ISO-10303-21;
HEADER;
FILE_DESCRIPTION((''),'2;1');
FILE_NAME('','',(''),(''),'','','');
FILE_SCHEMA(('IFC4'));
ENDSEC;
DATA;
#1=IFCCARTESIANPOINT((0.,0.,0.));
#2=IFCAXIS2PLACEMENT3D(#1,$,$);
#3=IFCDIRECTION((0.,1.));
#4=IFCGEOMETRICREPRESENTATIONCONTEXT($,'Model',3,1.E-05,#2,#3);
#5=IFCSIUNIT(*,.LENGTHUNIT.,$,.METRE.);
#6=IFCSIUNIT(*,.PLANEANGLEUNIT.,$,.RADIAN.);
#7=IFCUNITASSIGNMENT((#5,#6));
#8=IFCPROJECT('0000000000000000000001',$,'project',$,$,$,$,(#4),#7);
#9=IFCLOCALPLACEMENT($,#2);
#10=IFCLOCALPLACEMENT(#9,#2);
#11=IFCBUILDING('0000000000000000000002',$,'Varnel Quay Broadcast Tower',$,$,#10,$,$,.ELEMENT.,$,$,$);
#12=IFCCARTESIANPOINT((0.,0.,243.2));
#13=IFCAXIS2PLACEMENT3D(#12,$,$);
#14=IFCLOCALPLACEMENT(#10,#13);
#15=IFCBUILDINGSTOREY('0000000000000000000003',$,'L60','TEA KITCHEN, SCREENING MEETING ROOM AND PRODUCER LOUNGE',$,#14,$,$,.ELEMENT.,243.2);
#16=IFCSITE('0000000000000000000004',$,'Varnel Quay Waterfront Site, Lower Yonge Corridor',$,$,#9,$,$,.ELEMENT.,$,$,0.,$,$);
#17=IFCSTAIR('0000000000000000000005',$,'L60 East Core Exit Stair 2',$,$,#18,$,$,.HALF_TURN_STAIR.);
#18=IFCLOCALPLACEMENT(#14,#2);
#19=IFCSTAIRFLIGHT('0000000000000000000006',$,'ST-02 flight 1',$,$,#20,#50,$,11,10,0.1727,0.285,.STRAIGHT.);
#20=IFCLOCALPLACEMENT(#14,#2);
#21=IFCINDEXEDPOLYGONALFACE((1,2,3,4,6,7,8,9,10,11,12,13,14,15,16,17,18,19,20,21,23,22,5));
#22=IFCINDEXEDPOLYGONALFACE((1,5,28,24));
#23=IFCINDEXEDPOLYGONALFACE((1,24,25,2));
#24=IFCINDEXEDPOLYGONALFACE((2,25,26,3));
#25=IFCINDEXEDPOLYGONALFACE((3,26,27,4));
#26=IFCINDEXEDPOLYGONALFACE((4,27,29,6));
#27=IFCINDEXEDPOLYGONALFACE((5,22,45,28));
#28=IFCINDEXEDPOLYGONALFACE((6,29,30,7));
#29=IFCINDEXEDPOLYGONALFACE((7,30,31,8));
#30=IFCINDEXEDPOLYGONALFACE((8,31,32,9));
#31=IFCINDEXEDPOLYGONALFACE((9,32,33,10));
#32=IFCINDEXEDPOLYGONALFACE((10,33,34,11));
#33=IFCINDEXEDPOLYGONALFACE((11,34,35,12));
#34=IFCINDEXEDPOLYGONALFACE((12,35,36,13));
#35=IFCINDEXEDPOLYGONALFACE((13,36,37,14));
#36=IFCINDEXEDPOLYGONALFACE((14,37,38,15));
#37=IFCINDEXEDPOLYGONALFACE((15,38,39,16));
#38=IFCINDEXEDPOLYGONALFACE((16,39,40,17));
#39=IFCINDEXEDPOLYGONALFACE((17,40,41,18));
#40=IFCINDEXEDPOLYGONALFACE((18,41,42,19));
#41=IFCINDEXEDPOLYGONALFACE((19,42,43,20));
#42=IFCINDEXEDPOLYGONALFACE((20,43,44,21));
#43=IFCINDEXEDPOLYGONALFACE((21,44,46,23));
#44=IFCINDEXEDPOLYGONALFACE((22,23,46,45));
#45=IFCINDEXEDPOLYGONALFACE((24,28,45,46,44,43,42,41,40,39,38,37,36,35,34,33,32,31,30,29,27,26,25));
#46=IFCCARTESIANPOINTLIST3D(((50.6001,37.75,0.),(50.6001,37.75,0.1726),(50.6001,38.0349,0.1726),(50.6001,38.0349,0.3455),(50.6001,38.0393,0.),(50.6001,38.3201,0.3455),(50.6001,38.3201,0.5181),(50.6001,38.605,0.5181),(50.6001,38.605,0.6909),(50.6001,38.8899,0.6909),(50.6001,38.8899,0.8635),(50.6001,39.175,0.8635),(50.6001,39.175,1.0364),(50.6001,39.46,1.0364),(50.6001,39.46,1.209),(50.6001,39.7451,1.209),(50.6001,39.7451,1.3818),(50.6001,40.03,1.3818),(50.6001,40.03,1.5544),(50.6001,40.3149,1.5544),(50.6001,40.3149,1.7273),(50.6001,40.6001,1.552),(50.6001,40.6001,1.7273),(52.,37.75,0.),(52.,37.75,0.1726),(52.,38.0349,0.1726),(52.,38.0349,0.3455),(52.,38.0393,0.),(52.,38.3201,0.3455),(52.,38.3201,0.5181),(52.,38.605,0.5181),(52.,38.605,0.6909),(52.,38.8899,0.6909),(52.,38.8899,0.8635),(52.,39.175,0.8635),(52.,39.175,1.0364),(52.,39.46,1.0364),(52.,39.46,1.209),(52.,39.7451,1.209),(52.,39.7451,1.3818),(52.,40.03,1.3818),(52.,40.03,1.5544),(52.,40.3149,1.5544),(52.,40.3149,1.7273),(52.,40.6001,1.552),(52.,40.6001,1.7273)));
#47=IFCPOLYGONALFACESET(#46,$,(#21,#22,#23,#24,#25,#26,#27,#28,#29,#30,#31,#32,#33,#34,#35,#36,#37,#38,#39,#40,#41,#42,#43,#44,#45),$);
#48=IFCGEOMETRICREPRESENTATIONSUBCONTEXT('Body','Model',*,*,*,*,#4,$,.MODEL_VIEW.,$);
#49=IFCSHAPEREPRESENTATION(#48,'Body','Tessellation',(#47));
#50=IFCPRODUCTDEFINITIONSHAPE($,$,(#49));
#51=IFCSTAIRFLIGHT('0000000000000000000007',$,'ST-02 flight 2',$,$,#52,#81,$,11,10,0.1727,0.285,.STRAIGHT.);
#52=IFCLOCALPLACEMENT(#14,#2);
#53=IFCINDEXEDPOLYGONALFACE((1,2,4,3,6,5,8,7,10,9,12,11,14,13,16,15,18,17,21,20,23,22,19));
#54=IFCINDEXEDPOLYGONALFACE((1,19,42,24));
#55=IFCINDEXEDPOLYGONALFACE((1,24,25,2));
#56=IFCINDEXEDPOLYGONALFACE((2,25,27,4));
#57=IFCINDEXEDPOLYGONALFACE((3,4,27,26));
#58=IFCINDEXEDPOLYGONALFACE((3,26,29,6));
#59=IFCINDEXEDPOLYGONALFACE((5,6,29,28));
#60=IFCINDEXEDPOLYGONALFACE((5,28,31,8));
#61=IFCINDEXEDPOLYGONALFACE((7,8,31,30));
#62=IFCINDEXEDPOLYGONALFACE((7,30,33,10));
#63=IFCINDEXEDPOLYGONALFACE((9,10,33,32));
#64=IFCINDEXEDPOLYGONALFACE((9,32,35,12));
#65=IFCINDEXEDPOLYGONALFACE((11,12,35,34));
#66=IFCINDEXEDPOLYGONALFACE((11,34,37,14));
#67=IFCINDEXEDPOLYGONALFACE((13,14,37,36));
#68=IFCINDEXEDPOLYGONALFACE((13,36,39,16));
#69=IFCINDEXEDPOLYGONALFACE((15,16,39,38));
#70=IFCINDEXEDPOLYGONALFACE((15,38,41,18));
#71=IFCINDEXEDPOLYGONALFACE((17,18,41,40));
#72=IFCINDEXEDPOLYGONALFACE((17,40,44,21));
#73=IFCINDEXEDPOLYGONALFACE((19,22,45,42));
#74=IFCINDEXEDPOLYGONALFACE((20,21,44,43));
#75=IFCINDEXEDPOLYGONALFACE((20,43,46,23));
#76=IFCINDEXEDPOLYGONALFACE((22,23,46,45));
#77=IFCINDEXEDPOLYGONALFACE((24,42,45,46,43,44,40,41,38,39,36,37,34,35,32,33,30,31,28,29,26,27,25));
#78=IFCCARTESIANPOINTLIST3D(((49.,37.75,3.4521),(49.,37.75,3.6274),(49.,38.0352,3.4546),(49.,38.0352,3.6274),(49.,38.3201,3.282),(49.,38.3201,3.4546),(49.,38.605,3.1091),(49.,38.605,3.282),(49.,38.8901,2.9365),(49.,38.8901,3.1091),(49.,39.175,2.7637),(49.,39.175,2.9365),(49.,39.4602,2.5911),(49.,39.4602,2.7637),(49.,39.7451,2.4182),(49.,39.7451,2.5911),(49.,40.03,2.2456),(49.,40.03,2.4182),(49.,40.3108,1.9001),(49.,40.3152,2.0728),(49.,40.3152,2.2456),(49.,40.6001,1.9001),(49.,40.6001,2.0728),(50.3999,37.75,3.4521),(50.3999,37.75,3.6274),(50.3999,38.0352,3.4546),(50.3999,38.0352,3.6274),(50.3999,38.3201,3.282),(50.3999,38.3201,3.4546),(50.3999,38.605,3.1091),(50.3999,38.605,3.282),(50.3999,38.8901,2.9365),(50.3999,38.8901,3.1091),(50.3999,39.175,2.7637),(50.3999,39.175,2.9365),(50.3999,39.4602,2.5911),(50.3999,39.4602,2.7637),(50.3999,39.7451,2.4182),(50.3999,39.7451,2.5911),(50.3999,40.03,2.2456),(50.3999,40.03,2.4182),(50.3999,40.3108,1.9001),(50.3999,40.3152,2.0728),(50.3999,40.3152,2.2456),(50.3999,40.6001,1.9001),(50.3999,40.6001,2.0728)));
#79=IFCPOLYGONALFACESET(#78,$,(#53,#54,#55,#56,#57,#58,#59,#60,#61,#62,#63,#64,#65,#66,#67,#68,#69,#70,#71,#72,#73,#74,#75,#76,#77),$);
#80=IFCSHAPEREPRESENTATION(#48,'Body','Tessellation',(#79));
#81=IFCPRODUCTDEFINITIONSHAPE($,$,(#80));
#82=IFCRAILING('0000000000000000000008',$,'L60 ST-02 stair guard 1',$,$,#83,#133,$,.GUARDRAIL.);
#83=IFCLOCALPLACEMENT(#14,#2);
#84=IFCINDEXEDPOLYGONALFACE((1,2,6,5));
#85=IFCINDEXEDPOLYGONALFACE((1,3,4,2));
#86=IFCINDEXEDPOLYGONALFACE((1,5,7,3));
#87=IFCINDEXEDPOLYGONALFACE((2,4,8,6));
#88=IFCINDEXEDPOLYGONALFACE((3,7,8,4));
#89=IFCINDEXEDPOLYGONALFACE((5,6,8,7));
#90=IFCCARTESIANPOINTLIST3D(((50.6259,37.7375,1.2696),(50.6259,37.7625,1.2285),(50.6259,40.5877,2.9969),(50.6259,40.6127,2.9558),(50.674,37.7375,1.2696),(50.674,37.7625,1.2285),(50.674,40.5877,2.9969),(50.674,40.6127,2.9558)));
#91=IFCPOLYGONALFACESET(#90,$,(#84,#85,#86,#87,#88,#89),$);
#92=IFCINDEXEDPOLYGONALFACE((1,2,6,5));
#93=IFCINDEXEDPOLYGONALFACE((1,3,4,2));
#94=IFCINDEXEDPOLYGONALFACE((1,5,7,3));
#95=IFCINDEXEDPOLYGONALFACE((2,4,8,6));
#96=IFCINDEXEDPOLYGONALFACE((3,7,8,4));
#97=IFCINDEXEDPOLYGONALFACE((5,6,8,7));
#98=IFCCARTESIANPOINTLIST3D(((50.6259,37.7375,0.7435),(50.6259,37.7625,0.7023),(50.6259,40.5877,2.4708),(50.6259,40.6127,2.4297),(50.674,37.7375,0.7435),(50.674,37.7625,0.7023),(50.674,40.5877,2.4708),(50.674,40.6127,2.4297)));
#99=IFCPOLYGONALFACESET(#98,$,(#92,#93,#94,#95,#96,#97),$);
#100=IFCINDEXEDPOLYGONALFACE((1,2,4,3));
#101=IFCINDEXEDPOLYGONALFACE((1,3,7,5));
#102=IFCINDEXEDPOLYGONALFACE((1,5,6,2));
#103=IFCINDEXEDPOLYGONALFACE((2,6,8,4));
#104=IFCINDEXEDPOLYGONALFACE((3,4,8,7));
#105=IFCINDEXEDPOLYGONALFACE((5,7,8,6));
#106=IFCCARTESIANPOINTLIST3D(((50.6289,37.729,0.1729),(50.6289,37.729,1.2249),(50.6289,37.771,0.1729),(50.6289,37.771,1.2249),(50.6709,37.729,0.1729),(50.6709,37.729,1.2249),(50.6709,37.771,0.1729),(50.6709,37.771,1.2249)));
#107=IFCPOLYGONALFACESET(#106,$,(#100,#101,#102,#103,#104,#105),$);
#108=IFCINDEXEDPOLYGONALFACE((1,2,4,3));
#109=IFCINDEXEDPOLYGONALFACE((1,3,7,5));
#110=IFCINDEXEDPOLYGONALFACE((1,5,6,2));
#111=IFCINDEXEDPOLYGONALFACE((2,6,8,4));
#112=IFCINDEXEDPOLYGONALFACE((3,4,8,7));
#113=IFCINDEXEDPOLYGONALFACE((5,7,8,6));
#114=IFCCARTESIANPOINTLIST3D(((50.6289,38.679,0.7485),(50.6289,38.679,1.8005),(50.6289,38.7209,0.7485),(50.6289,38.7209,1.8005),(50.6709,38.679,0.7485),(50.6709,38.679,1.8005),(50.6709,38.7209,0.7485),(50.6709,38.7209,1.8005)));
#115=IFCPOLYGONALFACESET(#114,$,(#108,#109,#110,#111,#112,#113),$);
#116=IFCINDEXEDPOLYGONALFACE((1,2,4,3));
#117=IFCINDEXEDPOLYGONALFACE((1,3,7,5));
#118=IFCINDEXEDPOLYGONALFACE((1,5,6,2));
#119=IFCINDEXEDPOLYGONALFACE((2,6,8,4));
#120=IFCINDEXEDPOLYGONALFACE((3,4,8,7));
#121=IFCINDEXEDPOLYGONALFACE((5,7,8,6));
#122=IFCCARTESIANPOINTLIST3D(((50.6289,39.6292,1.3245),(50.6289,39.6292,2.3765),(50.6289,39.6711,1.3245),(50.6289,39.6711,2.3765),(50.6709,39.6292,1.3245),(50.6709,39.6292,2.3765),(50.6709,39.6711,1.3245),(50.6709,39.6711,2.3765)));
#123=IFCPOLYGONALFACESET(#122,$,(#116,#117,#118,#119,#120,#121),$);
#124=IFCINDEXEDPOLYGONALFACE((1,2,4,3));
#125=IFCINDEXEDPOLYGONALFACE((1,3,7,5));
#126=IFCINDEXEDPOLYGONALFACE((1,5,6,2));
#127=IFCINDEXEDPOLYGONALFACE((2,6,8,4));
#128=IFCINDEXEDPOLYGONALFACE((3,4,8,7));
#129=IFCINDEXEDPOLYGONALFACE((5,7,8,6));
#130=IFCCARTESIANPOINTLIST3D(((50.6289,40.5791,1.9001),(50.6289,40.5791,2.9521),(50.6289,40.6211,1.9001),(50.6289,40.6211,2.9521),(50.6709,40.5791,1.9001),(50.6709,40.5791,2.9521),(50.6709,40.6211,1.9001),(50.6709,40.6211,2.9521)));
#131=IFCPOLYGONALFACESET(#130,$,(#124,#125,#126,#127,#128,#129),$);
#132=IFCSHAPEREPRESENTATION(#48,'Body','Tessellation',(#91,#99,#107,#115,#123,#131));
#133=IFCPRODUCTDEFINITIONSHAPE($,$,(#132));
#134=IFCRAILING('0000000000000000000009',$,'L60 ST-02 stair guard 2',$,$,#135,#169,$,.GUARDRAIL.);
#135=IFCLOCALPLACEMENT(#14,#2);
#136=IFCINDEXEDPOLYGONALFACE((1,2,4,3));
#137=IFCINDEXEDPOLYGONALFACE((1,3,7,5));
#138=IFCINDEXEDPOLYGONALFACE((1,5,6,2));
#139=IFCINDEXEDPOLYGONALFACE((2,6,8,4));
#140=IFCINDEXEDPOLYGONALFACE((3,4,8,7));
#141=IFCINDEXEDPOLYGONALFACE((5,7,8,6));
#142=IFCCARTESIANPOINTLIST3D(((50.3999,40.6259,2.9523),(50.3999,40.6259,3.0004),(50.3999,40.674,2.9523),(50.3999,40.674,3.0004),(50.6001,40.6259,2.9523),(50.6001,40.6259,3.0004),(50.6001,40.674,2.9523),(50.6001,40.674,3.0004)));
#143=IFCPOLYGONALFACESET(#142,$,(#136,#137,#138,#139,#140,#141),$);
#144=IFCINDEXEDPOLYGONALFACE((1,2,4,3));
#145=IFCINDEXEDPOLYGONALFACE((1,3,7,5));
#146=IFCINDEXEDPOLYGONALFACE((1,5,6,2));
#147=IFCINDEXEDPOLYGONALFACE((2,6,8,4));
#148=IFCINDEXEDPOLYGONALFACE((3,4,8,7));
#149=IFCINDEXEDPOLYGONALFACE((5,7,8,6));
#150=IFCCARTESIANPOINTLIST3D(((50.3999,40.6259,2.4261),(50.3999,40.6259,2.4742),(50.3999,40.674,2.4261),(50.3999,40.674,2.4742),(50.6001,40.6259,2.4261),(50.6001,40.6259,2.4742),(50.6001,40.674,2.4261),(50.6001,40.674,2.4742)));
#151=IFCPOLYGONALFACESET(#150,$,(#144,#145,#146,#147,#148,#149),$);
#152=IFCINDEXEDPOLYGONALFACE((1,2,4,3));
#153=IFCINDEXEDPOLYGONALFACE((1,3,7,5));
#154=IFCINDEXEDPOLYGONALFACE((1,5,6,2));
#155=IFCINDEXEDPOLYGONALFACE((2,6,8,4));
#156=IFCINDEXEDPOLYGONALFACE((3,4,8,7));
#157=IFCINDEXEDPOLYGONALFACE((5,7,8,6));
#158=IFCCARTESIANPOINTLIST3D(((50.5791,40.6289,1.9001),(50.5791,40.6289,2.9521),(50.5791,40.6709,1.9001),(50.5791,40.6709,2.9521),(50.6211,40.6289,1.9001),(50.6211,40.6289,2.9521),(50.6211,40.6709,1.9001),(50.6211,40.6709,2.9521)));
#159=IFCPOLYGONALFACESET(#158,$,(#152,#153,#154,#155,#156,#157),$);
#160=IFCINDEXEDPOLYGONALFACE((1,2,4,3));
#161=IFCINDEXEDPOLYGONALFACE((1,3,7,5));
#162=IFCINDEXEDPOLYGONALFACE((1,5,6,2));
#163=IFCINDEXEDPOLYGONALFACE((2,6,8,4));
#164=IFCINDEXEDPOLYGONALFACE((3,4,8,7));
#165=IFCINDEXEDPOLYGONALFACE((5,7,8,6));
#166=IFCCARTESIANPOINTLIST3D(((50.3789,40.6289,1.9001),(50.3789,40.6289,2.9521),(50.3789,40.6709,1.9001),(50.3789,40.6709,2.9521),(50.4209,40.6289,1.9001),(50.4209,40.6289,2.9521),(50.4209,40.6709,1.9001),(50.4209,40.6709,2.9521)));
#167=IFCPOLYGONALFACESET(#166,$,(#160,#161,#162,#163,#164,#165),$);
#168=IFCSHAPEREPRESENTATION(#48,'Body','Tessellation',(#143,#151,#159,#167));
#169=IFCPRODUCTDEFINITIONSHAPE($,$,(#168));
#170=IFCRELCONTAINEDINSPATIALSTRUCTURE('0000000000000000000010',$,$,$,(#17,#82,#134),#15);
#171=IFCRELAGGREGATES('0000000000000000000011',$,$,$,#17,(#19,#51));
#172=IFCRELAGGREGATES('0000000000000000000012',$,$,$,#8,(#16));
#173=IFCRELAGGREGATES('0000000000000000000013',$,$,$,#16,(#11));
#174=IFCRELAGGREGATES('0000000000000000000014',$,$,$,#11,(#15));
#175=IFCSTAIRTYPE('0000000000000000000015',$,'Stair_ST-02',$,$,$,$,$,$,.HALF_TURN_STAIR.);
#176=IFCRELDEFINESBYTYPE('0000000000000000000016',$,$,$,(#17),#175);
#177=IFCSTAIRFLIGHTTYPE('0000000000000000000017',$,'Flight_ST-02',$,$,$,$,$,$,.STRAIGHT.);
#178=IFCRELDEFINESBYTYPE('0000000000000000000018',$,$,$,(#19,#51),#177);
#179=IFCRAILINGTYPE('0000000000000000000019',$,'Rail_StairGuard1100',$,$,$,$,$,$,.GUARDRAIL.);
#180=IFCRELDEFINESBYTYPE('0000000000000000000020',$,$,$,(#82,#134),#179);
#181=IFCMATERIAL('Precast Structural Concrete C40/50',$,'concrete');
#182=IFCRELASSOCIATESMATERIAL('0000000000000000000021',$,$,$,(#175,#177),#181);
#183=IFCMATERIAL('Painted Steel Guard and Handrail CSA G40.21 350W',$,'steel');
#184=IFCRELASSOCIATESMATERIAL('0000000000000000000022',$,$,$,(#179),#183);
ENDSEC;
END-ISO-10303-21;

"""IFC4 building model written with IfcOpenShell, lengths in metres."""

from ifc_helpers import new_model, si_unit, direction, frame, origin, origin_2d, place, context, subcontext, project, spatial, polyline, rectangle, outline, extrude, material, type_object, element, aggregate, save


model = new_model("IFC4")

# Units and contexts
model_context = context("Model", 3, precision=1e-05, world=origin(), true_north=direction((0.0, 1.0)))
body_context = subcontext(model_context, "Body", "Model", "MODEL_VIEW")
ifc_project = project(units=[si_unit("LENGTHUNIT", "METRE"), si_unit("PLANEANGLEUNIT", "RADIAN")], contexts=[model_context])

# Site, building, storey
site_placement = place(None, origin())
site = spatial("IfcSite", under=ifc_project, at=site_placement, Name="Varnel Quay Waterfront Site, Lower Yonge Corridor", CompositionType="ELEMENT", RefElevation=0.0)
building_placement = place(site_placement, origin())
building = spatial("IfcBuilding", under=site, at=building_placement, Name="Varnel Quay Broadcast Tower", CompositionType="ELEMENT")
storey_placement = place(building_placement, frame((0.0, 0.0, 243.2)))
storey = spatial("IfcBuildingStorey", under=building, at=storey_placement, Name="L60", Description="TEA KITCHEN, SCREENING MEETING ROOM AND PRODUCER LOUNGE", CompositionType="ELEMENT", Elevation=243.2)

# Stair, stair flights
ifc_material_1 = material(Name="Precast Structural Concrete C40/50", Category="concrete")
stair_type = type_object("IfcStairType", Name="Stair_ST-02", PredefinedType="HALF_TURN_STAIR", material=ifc_material_1)
stair_placement = place(storey_placement, origin())
stair = element("IfcStair", 1, at=stair_placement, inside=storey, type_object=stair_type, Name="L60 East Core Exit Stair 2", PredefinedType="HALF_TURN_STAIR")
stair_flight_type = type_object("IfcStairFlightType", Name="Flight_ST-02", PredefinedType="STRAIGHT", material=ifc_material_1)
stair_flight_1_placement = place(storey_placement, frame((51.3, 37.75, 0.0), z_axis=(0.0, 0.0, 1.0), x_axis=(0.0, 1.0, 0.0)))
stair_flight_1 = element("IfcStairFlight", 2, at=stair_flight_1_placement, type_object=stair_flight_type, Name="ST-02 flight 1", NumberOfRisers=11, NumberOfTreads=10, PredefinedType="STRAIGHT", RiserHeight=0.1727, TreadLength=0.285, context=body_context, shape_type="SweptSolid", body=[
    extrude(outline(polyline([(0.0, 0.0), (0.0, 0.1726), (0.2849, 0.1726), (0.2849, 0.3455), (0.5701, 0.3455), (0.5701, 0.5181), (0.855, 0.5181), (0.855, 0.6909), (1.1399, 0.6909), (1.1399, 0.8635), (1.425, 0.8635), (1.425, 1.0364), (1.71, 1.0364), (1.71, 1.209), (1.9951, 1.209), (1.9951, 1.3818), (2.28, 1.3818), (2.28, 1.5544), (2.5649, 1.5544), (2.5649, 1.7273), (2.8501, 1.7273), (2.8501, 1.8999), (2.8501, 1.552), (0.2893, 0.0), (0.0, 0.0)])), frame((0.0, 0.7, 0.0), z_axis=(0.0, -1.0, 0.0), x_axis=(1.0, 0.0, 0.0)), (0.0, 0.0, 1.0), 1.3999),
])
stair_flight_2_placement = place(storey_placement, frame((49.7, 40.6001, 1.9001), z_axis=(0.0, 0.0, 1.0), x_axis=(0.0, -1.0, 0.0)))
stair_flight_2 = element("IfcStairFlight", 3, at=stair_flight_2_placement, type_object=stair_flight_type, Name="ST-02 flight 2", NumberOfRisers=11, NumberOfTreads=10, PredefinedType="STRAIGHT", RiserHeight=0.1727, TreadLength=0.285, context=body_context, shape_type="SweptSolid", body=[
    extrude(outline(polyline([(0.0, 0.0), (0.0, 0.1726), (0.2849, 0.1726), (0.2849, 0.3455), (0.5701, 0.3455), (0.5701, 0.5181), (0.855, 0.5181), (0.855, 0.6909), (1.1399, 0.6909), (1.1399, 0.8635), (1.425, 0.8635), (1.425, 1.0364), (1.71, 1.0364), (1.71, 1.209), (1.9951, 1.209), (1.9951, 1.3818), (2.28, 1.3818), (2.28, 1.5544), (2.5649, 1.5544), (2.5649, 1.7273), (2.8501, 1.7273), (2.8501, 1.8999), (2.8501, 1.552), (0.2893, 0.0), (0.0, 0.0)])), frame((0.0, 0.7, 0.0), z_axis=(0.0, -1.0, 0.0), x_axis=(1.0, 0.0, 0.0)), (0.0, 0.0, 1.0), 1.3999),
])
aggregate(stair, [stair_flight_1, stair_flight_2])

# Railings
ifc_material_2 = material(Name="Painted Steel Guard and Handrail CSA G40.21 350W", Category="steel")
railing_type_1 = type_object("IfcRailingType", Name="Rail_StairGuard1100", PredefinedType="GUARDRAIL", material=ifc_material_2)
railing_1_placement = place(storey_placement, frame((50.6499, 37.75, 0.1729)))
element("IfcRailing", 4, at=railing_1_placement, inside=storey, type_object=railing_type_1, Name="L60 ST-02 stair guard 1", PredefinedType="GUARDRAIL", context=body_context, shape_type="SweptSolid", body=[
    extrude(rectangle(XDim=0.0481, YDim=0.0481, at=origin_2d()), frame((0.0, 0.0, 1.0762), z_axis=(0.0, 0.855203, 0.518294), x_axis=(-1.0, 0.0, 0.0)), (0.0, 0.0, 1.0), 3.3328),
    extrude(rectangle(XDim=0.0481, YDim=0.0481, at=origin_2d()), frame((0.0, 0.0, 0.55), z_axis=(0.0, 0.855203, 0.518294), x_axis=(-1.0, 0.0, 0.0)), (0.0, 0.0, 1.0), 3.3328),
    extrude(rectangle(XDim=0.042, YDim=0.042, at=origin_2d()), origin(), (0.0, 0.0, 1.0), 1.052),
    extrude(rectangle(XDim=0.042, YDim=0.042, at=origin_2d()), frame((0.0, 0.95, 0.5757)), (0.0, 0.0, 1.0), 1.052),
    extrude(rectangle(XDim=0.042, YDim=0.042, at=origin_2d()), frame((0.0, 1.9001, 1.1516)), (0.0, 0.0, 1.0), 1.052),
    extrude(rectangle(XDim=0.042, YDim=0.042, at=origin_2d()), frame((0.0, 2.8501, 1.7273)), (0.0, 0.0, 1.0), 1.052),
])
railing_2_placement = place(storey_placement, frame((50.6001, 40.6499, 1.9001)))
element("IfcRailing", 5, at=railing_2_placement, inside=storey, type_object=railing_type_1, Name="L60 ST-02 stair guard 2", PredefinedType="GUARDRAIL", context=body_context, shape_type="SweptSolid", body=[
    extrude(rectangle(XDim=0.0481, YDim=0.0481, at=origin_2d()), frame((0.0, 0.0, 1.0762), z_axis=(-1.0, 0.0, 0.0), x_axis=(0.0, -1.0, 0.0)), (0.0, 0.0, 1.0), 0.2002),
    extrude(rectangle(XDim=0.0481, YDim=0.0481, at=origin_2d()), frame((0.0, 0.0, 0.55), z_axis=(-1.0, 0.0, 0.0), x_axis=(0.0, -1.0, 0.0)), (0.0, 0.0, 1.0), 0.2002),
    extrude(rectangle(XDim=0.042, YDim=0.042, at=origin_2d()), origin(), (0.0, 0.0, 1.0), 1.052),
    extrude(rectangle(XDim=0.042, YDim=0.042, at=origin_2d()), frame((-0.2002, 0.0, 0.0)), (0.0, 0.0, 1.0), 1.052),
])

save(model, "model.ifc")
